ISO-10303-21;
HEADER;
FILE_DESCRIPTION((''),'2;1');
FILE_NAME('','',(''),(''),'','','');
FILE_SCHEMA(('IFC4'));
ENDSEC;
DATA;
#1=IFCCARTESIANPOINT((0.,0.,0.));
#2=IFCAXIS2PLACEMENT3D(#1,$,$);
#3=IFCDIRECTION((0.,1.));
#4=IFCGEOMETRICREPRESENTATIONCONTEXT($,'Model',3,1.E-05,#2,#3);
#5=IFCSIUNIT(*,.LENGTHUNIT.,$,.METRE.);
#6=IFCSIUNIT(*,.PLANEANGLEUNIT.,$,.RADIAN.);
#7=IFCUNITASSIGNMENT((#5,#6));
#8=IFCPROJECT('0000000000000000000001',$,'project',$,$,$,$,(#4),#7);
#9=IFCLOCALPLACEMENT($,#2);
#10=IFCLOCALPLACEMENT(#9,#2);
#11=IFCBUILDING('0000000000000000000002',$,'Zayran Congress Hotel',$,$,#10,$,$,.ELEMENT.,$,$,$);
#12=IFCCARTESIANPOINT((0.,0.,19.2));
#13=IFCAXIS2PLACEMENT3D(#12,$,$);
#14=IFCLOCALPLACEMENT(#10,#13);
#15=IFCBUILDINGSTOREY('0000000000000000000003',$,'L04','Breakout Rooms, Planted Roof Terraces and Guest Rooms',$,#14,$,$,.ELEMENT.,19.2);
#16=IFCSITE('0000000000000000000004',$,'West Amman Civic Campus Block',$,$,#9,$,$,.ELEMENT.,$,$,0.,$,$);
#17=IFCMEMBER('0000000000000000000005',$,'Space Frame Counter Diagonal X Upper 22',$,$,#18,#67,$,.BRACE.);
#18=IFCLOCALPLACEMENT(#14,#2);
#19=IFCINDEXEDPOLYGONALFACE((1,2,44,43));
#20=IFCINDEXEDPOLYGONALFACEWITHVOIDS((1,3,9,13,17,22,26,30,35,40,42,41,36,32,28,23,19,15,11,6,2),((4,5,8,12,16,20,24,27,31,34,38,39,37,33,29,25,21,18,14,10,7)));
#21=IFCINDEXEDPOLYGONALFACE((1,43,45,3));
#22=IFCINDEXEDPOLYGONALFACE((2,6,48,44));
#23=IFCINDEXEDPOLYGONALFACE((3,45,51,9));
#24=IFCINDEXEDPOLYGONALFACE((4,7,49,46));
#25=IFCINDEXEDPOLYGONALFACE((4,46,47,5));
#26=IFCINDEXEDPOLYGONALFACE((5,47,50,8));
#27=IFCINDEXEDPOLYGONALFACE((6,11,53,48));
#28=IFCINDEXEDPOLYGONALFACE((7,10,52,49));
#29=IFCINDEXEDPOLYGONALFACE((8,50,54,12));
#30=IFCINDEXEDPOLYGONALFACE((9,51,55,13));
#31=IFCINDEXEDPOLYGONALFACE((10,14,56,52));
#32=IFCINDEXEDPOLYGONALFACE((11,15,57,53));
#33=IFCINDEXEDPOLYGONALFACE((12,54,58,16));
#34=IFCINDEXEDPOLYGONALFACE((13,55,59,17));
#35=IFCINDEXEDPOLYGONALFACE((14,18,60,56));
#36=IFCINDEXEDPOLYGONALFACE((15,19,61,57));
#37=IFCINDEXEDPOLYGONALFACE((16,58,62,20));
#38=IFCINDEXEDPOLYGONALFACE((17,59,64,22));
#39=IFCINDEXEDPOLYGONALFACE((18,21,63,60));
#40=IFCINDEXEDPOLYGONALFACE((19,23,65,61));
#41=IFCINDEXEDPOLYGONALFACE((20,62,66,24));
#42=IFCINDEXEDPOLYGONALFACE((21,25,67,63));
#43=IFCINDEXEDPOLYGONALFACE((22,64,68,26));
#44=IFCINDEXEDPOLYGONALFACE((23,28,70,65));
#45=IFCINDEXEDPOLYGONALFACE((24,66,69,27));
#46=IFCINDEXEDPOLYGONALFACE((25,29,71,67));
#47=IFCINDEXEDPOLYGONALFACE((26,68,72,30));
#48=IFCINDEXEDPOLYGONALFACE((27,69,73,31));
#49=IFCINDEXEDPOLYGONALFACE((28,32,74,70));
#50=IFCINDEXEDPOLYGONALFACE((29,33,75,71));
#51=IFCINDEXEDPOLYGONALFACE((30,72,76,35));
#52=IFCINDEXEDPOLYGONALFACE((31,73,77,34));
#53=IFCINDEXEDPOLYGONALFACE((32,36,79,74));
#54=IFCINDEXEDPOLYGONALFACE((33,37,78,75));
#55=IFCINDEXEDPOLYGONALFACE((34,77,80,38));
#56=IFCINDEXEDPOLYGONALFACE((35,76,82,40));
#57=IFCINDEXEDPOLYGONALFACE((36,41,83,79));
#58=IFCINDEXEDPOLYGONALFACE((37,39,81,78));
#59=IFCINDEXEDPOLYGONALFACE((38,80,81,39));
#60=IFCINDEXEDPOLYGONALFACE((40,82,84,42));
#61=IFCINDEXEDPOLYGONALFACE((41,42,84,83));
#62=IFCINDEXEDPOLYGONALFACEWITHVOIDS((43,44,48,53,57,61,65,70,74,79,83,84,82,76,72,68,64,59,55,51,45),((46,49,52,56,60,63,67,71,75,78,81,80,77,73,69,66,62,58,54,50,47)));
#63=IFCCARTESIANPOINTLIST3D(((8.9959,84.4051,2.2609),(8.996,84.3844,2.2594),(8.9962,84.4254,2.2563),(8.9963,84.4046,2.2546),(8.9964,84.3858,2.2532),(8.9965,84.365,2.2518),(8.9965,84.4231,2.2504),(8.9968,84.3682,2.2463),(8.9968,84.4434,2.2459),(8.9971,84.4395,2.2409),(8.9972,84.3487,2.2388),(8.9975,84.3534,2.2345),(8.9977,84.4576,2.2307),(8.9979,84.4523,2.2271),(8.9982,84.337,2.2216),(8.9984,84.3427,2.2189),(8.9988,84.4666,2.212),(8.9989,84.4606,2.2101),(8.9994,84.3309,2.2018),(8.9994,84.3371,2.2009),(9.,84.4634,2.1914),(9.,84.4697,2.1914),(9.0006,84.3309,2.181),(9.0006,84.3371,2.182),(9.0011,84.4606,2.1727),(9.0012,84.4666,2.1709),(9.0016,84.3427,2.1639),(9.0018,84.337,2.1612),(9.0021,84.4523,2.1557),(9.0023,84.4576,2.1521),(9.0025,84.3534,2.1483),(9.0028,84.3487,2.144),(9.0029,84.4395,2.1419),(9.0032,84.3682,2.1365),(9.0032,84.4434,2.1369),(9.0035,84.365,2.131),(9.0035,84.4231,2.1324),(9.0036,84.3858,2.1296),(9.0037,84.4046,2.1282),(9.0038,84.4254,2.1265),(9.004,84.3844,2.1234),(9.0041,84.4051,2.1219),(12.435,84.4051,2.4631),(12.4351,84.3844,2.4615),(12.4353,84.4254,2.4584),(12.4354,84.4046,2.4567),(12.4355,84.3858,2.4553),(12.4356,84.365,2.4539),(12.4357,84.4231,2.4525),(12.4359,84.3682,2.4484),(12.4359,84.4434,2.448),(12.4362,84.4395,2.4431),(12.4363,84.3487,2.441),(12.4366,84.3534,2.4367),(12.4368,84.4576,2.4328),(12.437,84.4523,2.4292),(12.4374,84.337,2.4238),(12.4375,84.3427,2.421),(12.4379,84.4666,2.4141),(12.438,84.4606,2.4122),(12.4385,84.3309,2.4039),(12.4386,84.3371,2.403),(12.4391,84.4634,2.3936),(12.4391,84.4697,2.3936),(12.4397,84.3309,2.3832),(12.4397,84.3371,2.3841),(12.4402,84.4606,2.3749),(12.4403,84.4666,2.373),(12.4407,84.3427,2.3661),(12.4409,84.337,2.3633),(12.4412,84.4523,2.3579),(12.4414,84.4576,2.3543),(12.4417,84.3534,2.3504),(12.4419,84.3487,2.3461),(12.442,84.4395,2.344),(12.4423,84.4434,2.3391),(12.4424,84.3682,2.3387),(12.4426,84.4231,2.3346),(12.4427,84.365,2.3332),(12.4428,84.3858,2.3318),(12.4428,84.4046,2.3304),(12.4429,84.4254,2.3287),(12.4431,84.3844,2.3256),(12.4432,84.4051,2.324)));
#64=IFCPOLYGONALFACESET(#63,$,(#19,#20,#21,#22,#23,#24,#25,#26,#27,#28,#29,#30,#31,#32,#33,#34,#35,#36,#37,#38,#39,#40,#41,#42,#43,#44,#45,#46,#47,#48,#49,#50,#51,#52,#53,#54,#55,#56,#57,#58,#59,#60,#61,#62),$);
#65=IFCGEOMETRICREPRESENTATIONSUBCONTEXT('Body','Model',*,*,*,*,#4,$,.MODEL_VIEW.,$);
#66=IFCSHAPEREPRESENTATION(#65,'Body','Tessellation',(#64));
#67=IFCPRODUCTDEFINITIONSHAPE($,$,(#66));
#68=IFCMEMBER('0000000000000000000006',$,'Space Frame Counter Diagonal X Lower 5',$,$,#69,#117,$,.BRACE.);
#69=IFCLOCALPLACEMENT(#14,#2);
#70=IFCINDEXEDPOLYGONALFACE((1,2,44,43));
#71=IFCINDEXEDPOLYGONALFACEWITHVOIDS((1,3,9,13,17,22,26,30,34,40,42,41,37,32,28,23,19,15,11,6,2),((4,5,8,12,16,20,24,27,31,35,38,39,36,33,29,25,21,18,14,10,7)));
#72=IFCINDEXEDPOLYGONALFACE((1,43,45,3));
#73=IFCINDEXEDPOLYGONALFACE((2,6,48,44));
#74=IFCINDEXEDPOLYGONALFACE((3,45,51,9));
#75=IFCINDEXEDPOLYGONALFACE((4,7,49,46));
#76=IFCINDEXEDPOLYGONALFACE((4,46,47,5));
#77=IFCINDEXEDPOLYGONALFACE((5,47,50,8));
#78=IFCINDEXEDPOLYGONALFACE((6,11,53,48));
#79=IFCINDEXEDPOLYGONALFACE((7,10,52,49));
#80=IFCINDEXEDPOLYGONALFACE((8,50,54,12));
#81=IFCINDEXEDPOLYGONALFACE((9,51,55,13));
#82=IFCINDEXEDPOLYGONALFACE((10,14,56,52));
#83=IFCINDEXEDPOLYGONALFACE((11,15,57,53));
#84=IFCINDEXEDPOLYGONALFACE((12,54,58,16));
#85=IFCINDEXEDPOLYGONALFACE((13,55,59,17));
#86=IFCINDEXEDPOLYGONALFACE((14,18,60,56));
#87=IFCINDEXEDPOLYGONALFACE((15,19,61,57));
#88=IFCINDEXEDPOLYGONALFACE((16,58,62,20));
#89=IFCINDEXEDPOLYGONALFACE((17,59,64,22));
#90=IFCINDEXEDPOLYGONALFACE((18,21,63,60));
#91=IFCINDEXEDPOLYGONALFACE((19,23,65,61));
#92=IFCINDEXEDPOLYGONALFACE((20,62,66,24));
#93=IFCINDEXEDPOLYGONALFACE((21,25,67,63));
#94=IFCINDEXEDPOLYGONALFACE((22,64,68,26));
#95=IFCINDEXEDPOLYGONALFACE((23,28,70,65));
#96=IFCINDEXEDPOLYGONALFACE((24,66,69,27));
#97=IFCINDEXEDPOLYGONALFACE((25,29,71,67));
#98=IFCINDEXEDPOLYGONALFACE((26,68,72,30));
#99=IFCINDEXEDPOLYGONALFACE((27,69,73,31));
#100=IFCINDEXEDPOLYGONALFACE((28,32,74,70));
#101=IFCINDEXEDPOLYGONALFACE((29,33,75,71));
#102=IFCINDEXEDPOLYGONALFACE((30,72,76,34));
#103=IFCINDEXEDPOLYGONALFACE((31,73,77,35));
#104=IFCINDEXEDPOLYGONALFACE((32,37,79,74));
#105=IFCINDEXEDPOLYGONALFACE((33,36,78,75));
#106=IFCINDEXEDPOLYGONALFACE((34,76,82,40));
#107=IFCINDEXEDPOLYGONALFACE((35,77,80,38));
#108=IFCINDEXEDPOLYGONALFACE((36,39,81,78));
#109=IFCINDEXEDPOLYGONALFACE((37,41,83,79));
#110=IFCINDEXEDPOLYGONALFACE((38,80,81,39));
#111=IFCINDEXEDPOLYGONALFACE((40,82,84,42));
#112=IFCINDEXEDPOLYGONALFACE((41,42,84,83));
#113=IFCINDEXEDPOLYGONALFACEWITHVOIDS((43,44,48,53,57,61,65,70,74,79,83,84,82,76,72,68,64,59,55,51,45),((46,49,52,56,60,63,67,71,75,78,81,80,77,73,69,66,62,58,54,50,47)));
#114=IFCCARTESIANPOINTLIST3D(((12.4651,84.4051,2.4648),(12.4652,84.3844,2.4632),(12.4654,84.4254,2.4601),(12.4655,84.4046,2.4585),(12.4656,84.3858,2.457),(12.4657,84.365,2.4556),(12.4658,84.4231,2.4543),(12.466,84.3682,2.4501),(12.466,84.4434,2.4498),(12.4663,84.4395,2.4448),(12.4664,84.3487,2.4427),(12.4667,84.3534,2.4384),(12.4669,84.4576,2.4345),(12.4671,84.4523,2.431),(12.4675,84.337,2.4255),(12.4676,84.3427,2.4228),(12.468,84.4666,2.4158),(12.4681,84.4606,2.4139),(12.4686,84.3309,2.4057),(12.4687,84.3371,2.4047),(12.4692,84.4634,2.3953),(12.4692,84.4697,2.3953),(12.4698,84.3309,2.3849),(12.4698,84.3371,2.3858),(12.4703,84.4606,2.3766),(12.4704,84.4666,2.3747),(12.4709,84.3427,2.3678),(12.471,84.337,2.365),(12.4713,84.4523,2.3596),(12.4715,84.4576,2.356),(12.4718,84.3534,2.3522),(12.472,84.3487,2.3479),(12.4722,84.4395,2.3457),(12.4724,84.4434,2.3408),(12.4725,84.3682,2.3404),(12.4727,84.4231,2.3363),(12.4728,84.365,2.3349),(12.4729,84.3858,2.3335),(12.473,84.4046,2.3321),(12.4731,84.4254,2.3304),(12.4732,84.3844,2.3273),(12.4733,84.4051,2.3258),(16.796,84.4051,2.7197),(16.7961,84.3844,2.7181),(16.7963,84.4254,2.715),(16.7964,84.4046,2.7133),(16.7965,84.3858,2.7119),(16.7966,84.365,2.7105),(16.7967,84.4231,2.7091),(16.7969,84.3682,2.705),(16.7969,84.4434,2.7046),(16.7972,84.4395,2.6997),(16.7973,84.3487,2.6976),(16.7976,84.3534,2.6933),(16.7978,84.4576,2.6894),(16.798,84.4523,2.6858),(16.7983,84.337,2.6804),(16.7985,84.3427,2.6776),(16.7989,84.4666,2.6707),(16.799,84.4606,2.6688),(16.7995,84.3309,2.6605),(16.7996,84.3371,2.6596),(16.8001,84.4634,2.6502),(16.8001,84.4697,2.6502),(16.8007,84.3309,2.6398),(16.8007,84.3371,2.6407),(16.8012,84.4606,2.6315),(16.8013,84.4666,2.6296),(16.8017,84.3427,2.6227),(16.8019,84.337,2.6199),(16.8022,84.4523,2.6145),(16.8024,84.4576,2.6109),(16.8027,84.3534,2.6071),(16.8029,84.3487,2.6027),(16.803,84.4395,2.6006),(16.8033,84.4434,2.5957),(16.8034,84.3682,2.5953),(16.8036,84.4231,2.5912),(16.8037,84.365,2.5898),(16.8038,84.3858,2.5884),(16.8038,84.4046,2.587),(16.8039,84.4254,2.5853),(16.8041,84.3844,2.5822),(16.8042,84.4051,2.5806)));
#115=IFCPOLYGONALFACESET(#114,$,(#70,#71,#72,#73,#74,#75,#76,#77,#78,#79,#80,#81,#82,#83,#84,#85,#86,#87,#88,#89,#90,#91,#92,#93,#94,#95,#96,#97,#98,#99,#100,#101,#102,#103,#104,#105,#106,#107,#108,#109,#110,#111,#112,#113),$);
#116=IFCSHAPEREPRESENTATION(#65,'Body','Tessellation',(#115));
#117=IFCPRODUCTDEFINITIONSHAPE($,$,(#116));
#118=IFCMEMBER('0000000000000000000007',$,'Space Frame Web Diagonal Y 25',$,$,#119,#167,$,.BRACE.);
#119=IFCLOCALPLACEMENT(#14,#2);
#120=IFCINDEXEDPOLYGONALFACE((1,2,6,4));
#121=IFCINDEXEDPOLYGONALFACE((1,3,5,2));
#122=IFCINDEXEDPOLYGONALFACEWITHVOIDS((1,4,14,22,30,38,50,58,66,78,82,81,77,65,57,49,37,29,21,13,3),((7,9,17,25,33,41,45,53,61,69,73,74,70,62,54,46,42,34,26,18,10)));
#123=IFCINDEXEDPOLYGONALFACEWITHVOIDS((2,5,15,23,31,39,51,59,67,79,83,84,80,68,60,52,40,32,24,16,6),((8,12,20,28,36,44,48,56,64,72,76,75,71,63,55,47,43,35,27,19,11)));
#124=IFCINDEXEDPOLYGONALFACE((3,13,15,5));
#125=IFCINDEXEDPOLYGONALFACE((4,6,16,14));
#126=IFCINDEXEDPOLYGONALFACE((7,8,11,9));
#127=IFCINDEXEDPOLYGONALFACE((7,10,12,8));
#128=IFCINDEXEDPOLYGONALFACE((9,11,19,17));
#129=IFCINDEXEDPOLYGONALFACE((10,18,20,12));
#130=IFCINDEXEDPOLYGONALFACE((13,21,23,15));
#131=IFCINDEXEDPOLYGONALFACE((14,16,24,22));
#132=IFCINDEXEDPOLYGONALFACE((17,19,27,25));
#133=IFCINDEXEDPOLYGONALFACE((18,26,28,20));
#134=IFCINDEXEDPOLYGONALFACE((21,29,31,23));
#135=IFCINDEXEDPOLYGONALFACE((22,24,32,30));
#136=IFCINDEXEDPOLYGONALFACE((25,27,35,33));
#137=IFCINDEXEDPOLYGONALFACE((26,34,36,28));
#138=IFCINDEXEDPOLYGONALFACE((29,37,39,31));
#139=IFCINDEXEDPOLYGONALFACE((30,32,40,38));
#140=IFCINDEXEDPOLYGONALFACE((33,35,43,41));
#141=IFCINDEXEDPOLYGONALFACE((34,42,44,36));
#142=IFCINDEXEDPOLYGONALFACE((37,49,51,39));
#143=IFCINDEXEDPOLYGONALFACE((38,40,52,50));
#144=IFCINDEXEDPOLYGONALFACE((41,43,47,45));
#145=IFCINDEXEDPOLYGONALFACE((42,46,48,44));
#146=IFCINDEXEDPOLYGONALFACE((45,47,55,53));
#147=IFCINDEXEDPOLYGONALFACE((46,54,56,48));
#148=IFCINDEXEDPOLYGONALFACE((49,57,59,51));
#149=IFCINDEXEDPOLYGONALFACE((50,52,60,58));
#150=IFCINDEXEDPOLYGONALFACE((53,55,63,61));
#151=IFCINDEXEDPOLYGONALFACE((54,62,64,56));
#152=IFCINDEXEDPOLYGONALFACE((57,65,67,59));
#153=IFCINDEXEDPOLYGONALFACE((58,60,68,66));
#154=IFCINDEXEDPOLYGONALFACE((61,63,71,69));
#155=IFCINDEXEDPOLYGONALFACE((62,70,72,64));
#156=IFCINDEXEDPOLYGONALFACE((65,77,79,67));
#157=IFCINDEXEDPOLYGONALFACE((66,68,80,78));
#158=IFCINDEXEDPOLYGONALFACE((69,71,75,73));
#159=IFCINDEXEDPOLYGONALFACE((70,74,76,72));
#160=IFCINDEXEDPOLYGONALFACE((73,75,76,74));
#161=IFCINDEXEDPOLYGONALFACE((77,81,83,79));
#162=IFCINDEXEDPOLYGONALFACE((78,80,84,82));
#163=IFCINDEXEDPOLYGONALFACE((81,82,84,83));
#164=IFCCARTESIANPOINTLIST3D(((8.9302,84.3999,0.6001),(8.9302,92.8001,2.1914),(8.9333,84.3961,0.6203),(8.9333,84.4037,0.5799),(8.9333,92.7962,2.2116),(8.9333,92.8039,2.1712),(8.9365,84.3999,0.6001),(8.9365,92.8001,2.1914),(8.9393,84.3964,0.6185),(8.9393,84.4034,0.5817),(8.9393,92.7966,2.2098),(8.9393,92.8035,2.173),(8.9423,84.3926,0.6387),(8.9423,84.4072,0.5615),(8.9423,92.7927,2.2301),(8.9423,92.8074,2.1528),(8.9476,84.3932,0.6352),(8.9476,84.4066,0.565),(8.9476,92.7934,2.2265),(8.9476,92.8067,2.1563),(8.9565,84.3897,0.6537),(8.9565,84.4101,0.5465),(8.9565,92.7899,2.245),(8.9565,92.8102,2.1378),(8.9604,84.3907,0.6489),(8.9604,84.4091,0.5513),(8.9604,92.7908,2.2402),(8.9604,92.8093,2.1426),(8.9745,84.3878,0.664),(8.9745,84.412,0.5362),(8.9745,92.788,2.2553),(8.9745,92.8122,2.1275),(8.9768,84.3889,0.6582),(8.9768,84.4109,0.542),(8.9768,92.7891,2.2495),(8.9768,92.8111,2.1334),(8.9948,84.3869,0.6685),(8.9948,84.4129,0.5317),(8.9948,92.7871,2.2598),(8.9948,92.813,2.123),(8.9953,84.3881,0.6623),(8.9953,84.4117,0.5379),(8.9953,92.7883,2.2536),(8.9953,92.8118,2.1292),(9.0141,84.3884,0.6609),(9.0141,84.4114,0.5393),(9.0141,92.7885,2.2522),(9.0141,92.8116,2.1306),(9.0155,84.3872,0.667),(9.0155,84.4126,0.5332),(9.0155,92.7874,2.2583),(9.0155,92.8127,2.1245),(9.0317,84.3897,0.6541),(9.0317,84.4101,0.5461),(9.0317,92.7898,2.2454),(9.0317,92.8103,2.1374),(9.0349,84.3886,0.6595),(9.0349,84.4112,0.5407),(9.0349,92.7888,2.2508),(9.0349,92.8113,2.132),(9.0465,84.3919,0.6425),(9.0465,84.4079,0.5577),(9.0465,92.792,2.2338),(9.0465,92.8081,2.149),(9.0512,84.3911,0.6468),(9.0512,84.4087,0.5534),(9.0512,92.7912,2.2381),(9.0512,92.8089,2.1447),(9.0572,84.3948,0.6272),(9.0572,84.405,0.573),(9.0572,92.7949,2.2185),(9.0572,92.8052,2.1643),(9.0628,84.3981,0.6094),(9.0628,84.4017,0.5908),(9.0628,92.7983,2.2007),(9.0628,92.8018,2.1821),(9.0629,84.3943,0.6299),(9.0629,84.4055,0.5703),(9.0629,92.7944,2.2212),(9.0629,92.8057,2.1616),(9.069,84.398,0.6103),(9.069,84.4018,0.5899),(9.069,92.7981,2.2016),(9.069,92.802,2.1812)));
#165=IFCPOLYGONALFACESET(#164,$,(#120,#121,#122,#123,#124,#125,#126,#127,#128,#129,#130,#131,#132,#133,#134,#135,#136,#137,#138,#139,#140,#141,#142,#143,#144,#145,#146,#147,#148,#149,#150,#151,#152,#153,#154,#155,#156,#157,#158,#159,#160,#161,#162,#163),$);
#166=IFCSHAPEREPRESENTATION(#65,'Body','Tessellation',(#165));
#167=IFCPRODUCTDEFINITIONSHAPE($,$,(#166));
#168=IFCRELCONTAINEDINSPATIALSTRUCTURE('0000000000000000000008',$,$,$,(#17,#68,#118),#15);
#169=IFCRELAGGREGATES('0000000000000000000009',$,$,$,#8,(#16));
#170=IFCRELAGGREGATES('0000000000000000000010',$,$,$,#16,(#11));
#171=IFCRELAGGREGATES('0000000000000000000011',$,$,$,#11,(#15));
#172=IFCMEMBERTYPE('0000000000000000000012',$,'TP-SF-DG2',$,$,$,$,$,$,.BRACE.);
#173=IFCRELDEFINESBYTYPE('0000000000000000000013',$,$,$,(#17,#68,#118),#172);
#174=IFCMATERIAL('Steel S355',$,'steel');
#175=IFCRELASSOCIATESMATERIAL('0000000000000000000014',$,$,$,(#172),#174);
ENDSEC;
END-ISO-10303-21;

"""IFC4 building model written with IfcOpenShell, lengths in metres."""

from ifc_helpers import new_model, si_unit, direction, frame, origin, origin_2d, place, context, subcontext, project, spatial, hollow_circle, extrude, material, material_profile, profile_set, type_object, element, save


model = new_model("IFC4")

# Units and contexts
model_context = context("Model", 3, precision=1e-05, world=origin(), true_north=direction((0.0, 1.0)))
body_context = subcontext(model_context, "Body", "Model", "MODEL_VIEW")
ifc_project = project(units=[si_unit("LENGTHUNIT", "METRE"), si_unit("PLANEANGLEUNIT", "RADIAN")], contexts=[model_context])

# Site, building, storey
site_placement = place(None, origin())
site = spatial("IfcSite", under=ifc_project, at=site_placement, Name="West Amman Civic Campus Block", CompositionType="ELEMENT", RefElevation=0.0)
building_placement = place(site_placement, origin())
building = spatial("IfcBuilding", under=site, at=building_placement, Name="Zayran Congress Hotel", CompositionType="ELEMENT")
storey_placement = place(building_placement, frame((0.0, 0.0, 19.2)))
storey = spatial("IfcBuildingStorey", under=building, at=storey_placement, Name="L04", Description="Breakout Rooms, Planted Roof Terraces and Guest Rooms", CompositionType="ELEMENT", Elevation=19.2)

# Shared definitions
ifc_material = material(Name="Steel S355", Category="steel")

# Members
ifc_material_profile_1 = material_profile(ifc_material, hollow_circle(Radius=0.0698, WallThickness=0.0063, at=origin_2d()), Name="CHS 139.7x6.3")
ifc_profile_set_1 = profile_set([ifc_material_profile_1], Name="Steel S355")
member_type_1 = type_object("IfcMemberType", Name="TP-SF-DG2", PredefinedType="BRACE", material=ifc_profile_set_1)
member_1_placement = place(storey_placement, frame((9.0, 84.3999, 2.1914), z_axis=(0.998277, 0.0, 0.058676), x_axis=(0.0, 1.0, 0.0)))
element("IfcMember", 1, at=member_1_placement, inside=storey, type_object=member_type_1, Name="Space Frame Counter Diagonal X Upper 22", PredefinedType="BRACE", context=body_context, shape_type="SweptSolid", body=[
    extrude(hollow_circle(Radius=0.0698, WallThickness=0.0063, at=origin_2d()), origin(), (0.0, 0.0, 1.0), 3.4451),
])
member_2_placement = place(storey_placement, frame((12.4692, 84.3999, 2.3953), z_axis=(0.998273, 0.0, 0.058752), x_axis=(0.0, 1.0, 0.0)))
element("IfcMember", 2, at=member_2_placement, inside=storey, type_object=member_type_1, Name="Space Frame Counter Diagonal X Lower 5", PredefinedType="BRACE", context=body_context, shape_type="SweptSolid", body=[
    extrude(hollow_circle(Radius=0.0698, WallThickness=0.0063, at=origin_2d()), origin(), (0.0, 0.0, 1.0), 4.3384),
])
member_3_placement = place(storey_placement, frame((9.0, 84.3999, 0.6001), z_axis=(0.0, 0.982526, 0.186128), x_axis=(-1.0, 0.0, 0.0)))
element("IfcMember", 3, at=member_3_placement, inside=storey, type_object=member_type_1, Name="Space Frame Web Diagonal Y 25", PredefinedType="BRACE", context=body_context, shape_type="SweptSolid", body=[
    extrude(hollow_circle(Radius=0.0698, WallThickness=0.0063, at=origin_2d()), origin(), (0.0, 0.0, 1.0), 8.5496),
])

save(model, "model.ifc")
